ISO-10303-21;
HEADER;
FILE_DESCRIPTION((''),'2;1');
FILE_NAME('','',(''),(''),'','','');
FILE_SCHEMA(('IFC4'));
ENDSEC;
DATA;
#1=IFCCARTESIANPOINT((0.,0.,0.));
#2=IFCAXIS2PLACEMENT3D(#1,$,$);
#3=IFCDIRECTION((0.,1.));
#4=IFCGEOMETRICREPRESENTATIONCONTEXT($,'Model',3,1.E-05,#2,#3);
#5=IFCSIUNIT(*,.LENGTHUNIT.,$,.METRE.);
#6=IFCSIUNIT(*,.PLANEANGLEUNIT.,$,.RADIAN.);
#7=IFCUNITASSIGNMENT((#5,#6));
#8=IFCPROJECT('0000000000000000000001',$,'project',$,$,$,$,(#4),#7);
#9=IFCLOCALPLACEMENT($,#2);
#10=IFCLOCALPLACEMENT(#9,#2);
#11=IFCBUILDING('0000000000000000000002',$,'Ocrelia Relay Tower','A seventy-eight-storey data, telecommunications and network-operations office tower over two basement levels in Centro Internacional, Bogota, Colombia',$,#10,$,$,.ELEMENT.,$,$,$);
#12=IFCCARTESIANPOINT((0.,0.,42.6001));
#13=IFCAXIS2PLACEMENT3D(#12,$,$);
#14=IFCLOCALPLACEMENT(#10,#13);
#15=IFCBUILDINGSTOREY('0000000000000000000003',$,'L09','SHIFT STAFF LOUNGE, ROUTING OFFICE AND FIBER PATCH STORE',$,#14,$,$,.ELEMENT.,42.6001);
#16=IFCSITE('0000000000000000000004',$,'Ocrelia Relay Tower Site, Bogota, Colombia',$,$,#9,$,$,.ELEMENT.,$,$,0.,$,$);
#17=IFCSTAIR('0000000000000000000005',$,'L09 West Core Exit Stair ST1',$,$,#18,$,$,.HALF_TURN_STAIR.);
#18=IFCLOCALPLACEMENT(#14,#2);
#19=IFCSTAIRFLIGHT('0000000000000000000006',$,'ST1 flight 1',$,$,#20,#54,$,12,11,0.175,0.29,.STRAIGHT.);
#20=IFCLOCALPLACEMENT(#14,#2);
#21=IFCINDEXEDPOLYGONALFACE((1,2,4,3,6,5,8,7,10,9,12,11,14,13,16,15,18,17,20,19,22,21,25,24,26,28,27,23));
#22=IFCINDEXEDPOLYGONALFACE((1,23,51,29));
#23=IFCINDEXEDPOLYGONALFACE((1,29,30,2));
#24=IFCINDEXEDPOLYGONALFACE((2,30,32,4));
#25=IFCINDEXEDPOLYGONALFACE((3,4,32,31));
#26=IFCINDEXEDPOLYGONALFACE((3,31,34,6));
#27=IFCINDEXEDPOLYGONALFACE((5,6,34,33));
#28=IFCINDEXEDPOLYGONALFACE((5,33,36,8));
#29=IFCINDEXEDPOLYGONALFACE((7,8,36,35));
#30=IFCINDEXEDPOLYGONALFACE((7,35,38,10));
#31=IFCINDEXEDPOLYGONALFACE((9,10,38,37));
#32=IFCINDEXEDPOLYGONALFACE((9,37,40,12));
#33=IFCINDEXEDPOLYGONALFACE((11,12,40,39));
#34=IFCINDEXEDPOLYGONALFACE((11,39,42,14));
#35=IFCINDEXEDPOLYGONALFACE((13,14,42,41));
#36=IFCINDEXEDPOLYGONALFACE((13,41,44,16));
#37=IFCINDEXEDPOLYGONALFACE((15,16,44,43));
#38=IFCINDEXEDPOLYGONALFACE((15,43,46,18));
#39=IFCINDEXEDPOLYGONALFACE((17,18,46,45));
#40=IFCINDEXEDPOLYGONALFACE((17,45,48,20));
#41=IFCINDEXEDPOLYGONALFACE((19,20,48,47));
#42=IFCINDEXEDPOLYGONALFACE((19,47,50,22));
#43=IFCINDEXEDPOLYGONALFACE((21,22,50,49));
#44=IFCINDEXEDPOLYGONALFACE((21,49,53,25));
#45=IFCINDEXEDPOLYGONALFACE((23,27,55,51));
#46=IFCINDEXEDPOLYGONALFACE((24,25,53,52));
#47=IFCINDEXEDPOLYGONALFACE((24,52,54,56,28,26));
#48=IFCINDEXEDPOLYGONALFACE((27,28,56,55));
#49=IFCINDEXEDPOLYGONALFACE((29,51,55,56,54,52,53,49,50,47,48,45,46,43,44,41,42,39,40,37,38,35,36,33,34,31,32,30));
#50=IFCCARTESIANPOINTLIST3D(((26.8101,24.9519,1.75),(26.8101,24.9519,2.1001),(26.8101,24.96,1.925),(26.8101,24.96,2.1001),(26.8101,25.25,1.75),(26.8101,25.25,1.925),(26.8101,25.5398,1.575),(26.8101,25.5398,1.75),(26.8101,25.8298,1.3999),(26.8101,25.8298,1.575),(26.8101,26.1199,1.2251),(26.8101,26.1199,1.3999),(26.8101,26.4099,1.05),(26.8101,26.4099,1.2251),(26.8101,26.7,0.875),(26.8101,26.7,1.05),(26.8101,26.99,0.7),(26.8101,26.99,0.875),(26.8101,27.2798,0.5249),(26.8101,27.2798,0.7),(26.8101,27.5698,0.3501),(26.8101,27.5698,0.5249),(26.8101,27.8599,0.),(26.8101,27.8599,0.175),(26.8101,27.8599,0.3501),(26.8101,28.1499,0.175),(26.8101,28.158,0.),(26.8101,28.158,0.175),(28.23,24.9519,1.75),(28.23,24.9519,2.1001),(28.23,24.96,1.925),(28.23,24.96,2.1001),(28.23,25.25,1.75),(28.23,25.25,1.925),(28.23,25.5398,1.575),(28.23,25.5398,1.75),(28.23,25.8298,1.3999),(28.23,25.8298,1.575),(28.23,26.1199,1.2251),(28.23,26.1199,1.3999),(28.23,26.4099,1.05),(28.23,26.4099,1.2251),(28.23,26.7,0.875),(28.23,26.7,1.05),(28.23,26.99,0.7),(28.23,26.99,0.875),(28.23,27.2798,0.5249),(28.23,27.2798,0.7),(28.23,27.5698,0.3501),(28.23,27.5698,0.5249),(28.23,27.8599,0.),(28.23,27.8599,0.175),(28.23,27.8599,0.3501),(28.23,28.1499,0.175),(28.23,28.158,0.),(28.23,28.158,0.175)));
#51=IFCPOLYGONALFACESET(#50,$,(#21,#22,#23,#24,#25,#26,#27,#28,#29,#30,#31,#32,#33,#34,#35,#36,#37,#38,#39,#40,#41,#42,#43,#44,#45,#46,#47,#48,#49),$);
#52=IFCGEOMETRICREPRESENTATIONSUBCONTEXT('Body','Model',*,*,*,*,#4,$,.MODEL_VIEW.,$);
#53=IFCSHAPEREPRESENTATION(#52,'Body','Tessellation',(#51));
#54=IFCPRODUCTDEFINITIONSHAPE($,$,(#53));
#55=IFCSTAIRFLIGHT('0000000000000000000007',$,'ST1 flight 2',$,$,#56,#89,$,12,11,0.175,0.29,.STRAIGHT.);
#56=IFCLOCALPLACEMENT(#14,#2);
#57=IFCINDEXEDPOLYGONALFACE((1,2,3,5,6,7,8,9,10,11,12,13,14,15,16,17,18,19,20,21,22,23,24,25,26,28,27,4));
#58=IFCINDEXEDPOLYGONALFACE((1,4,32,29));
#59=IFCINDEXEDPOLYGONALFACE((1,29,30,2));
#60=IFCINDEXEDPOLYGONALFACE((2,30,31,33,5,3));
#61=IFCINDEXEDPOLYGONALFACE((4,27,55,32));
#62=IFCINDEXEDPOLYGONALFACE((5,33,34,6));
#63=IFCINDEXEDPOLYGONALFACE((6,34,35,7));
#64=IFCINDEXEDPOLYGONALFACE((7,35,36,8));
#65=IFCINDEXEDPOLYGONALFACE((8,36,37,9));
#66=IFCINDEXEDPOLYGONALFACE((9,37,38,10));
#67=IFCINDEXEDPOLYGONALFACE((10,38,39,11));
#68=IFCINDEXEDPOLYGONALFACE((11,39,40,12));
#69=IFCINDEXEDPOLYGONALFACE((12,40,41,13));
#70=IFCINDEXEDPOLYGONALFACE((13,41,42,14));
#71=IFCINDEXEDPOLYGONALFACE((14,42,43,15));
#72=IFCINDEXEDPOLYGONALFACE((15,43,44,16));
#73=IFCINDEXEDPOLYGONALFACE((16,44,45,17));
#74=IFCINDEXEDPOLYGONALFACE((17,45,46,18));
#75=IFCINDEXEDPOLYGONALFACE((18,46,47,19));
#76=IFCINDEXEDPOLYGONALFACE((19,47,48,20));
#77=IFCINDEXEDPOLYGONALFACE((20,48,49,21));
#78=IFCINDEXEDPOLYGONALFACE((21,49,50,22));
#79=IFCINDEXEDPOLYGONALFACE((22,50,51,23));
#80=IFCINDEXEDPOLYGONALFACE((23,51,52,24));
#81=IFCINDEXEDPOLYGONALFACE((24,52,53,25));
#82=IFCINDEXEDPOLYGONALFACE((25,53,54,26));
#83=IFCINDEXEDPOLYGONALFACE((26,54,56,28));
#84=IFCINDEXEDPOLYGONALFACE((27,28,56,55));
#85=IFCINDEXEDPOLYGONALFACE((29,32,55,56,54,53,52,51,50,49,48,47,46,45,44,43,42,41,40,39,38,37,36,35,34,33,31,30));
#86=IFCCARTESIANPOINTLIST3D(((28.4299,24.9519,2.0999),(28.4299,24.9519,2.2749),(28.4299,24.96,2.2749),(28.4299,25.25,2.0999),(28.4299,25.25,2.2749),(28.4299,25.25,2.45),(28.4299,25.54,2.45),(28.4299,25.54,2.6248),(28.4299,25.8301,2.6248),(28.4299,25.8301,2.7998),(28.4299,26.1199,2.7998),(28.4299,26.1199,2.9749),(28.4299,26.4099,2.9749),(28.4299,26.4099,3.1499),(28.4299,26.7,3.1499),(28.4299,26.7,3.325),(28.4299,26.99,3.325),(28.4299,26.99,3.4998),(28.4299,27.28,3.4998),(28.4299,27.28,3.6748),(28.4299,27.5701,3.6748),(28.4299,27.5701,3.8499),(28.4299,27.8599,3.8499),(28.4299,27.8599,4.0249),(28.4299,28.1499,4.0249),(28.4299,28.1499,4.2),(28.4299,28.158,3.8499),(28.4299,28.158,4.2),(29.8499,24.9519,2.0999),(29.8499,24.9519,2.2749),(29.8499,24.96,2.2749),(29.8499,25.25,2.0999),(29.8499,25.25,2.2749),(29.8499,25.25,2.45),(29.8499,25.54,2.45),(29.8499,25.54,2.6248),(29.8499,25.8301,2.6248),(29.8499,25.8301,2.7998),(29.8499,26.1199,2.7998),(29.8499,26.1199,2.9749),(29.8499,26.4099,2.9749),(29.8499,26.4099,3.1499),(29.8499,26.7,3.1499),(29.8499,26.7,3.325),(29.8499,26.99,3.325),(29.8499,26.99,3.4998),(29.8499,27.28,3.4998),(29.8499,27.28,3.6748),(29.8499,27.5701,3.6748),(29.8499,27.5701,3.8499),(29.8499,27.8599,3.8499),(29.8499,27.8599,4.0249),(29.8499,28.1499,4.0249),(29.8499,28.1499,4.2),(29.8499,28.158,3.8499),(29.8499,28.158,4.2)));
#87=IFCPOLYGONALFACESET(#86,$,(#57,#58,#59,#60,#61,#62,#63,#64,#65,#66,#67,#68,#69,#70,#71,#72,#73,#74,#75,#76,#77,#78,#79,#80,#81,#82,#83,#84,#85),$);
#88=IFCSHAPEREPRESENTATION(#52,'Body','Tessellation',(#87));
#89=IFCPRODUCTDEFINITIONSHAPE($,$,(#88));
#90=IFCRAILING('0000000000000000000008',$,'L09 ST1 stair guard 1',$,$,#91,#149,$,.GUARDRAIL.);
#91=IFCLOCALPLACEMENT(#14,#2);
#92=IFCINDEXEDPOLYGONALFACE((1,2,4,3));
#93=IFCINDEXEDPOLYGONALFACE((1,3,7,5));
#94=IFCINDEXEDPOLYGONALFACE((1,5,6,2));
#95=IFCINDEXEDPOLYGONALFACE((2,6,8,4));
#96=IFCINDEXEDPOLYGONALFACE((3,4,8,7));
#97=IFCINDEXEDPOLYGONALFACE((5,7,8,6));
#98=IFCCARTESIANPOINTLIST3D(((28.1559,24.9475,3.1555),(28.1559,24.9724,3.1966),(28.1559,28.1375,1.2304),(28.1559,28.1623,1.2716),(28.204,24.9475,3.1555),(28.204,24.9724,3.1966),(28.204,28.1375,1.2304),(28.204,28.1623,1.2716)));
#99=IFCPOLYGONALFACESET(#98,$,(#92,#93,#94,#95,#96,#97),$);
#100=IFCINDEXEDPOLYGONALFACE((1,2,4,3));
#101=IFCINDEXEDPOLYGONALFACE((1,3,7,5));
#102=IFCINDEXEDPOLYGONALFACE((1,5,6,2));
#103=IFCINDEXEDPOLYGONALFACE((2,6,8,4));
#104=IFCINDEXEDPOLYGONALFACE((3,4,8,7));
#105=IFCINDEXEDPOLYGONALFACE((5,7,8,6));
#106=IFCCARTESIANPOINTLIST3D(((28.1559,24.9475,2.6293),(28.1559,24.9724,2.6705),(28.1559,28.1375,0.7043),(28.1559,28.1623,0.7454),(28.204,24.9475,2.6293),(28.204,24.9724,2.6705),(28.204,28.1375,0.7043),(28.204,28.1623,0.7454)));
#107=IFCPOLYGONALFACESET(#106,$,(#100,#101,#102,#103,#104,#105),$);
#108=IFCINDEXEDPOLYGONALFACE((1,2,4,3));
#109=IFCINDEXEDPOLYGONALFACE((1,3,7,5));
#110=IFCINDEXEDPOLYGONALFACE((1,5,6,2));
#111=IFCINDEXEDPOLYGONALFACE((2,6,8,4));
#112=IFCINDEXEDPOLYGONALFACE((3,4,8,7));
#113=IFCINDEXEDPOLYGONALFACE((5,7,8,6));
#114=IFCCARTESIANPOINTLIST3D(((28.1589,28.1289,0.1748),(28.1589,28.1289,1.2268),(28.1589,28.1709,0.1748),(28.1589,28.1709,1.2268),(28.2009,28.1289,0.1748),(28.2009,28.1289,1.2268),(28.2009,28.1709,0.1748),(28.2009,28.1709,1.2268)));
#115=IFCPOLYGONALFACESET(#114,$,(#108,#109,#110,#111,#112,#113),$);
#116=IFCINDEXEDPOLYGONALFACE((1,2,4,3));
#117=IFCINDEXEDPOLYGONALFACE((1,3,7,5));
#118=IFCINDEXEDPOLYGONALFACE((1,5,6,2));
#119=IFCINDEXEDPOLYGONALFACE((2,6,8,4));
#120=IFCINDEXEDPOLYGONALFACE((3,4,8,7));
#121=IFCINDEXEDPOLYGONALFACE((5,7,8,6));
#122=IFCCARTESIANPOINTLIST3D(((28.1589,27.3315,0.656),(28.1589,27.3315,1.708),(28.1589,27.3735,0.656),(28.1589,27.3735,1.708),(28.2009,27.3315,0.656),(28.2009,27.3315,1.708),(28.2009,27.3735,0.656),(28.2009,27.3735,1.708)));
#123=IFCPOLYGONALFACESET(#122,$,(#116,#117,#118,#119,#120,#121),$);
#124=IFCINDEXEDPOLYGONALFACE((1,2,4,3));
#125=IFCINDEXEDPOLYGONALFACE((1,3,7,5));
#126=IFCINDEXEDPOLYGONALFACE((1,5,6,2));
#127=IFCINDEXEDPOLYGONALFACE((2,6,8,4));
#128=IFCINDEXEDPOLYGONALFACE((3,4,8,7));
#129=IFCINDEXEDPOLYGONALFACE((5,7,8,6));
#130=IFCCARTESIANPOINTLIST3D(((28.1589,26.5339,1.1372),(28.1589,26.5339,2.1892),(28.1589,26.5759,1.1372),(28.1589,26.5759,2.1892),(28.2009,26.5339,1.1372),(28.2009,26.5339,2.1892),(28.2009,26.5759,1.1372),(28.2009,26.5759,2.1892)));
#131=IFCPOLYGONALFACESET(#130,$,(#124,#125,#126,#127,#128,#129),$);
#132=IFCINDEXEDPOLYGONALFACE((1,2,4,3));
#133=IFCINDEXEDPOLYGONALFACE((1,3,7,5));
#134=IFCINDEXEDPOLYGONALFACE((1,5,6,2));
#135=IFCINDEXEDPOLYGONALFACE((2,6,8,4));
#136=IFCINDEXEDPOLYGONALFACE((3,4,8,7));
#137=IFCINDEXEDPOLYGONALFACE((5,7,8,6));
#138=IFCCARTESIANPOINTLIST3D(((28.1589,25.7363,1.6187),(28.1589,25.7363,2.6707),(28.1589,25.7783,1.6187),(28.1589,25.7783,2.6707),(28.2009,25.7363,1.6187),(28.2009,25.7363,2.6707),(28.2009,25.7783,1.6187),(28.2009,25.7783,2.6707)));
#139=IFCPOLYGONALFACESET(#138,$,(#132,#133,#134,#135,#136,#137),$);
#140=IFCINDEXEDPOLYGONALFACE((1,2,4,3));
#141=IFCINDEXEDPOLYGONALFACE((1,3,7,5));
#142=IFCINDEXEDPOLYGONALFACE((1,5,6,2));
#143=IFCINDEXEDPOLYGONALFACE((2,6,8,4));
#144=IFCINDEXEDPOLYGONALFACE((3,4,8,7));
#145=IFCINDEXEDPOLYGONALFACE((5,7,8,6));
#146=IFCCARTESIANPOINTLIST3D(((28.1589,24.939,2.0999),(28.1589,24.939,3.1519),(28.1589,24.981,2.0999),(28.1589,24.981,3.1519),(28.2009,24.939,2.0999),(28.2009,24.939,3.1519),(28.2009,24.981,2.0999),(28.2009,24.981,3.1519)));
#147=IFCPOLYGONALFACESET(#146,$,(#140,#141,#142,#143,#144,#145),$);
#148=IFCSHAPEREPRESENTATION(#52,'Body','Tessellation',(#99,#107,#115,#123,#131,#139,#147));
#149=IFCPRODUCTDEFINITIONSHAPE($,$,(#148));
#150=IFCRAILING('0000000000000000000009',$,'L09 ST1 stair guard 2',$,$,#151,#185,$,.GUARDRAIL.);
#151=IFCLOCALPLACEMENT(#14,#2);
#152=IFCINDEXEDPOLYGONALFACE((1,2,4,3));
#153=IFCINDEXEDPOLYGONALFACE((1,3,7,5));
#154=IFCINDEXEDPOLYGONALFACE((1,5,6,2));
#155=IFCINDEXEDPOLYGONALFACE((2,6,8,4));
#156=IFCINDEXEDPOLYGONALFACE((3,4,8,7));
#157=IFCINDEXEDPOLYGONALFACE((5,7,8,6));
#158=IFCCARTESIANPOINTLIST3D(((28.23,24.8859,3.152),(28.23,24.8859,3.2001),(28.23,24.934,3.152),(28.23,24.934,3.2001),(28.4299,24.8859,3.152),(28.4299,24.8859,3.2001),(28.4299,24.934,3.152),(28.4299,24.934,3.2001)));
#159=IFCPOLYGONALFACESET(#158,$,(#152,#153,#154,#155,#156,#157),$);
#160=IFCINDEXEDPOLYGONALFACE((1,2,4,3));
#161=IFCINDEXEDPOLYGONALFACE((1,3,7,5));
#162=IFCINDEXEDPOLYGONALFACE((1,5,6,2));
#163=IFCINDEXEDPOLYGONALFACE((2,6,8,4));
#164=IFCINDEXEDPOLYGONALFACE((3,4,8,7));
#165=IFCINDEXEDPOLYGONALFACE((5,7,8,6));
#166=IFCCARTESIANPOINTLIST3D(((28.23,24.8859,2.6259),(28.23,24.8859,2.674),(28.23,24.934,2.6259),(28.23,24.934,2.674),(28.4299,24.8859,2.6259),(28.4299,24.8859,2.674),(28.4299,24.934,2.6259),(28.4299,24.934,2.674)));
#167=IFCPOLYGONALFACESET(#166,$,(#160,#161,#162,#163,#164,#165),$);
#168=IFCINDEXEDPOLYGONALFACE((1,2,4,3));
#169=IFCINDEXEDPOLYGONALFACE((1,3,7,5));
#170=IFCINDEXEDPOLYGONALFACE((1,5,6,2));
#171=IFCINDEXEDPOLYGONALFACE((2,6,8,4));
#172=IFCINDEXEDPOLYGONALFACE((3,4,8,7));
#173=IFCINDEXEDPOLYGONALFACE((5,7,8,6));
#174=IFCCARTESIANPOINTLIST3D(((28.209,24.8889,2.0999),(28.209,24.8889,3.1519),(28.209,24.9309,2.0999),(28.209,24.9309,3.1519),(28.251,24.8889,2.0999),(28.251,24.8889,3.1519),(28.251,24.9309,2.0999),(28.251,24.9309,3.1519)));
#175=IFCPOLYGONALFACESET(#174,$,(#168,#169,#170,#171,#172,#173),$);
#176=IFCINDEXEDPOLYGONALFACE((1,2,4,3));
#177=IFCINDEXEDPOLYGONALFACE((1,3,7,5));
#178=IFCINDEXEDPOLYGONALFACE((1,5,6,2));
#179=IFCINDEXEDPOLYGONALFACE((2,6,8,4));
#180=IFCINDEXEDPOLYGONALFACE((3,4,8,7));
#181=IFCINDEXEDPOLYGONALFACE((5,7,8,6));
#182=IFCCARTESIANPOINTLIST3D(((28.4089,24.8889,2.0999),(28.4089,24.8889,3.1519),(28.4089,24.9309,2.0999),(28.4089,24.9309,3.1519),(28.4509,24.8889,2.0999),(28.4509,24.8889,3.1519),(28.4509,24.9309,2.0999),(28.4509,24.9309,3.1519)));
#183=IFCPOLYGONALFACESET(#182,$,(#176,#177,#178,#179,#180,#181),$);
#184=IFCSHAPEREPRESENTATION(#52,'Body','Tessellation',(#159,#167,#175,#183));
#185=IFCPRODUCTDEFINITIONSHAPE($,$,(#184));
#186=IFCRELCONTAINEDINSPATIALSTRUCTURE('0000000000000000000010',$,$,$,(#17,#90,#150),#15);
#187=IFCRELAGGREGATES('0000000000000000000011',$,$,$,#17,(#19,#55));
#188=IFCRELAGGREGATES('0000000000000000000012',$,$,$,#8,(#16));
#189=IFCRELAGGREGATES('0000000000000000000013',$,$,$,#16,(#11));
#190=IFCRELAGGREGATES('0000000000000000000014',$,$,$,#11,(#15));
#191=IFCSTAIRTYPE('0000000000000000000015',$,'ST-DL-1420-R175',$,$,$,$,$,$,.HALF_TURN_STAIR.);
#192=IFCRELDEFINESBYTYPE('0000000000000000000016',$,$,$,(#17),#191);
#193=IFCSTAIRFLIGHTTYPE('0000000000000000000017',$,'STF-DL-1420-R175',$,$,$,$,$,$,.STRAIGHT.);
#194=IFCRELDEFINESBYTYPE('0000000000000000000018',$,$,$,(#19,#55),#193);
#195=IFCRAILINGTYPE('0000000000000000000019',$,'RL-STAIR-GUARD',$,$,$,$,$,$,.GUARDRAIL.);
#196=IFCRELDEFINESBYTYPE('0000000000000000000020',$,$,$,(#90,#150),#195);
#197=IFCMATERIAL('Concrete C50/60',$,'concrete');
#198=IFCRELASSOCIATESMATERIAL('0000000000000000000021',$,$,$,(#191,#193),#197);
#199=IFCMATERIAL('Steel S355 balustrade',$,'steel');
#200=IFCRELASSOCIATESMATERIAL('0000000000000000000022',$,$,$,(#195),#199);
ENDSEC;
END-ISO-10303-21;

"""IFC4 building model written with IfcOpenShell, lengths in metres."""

from ifc_helpers import new_model, si_unit, direction, frame, origin, origin_2d, place, context, subcontext, project, spatial, polyline, rectangle, outline, extrude, material, type_object, element, aggregate, save


model = new_model("IFC4")

# Units and contexts
model_context = context("Model", 3, precision=1e-05, world=origin(), true_north=direction((0.0, 1.0)))
body_context = subcontext(model_context, "Body", "Model", "MODEL_VIEW")
ifc_project = project(units=[si_unit("LENGTHUNIT", "METRE"), si_unit("PLANEANGLEUNIT", "RADIAN")], contexts=[model_context])

# Site, building, storey
site_placement = place(None, origin())
site = spatial("IfcSite", under=ifc_project, at=site_placement, Name="Ocrelia Relay Tower Site, Bogota, Colombia", CompositionType="ELEMENT", RefElevation=0.0)
building_placement = place(site_placement, origin())
building = spatial("IfcBuilding", under=site, at=building_placement, Name="Ocrelia Relay Tower", Description="A seventy-eight-storey data, telecommunications and network-operations office tower over two basement levels in Centro Internacional, Bogota, Colombia", CompositionType="ELEMENT")
storey_placement = place(building_placement, frame((0.0, 0.0, 42.6001)))
storey = spatial("IfcBuildingStorey", under=building, at=storey_placement, Name="L09", Description="SHIFT STAFF LOUNGE, ROUTING OFFICE AND FIBER PATCH STORE", CompositionType="ELEMENT", Elevation=42.6001)

# Shared definitions
ifc_material_1 = material(Name="Concrete C50/60", Category="concrete")

# Stair, stair flights
stair_type = type_object("IfcStairType", Name="ST-DL-1420-R175", PredefinedType="HALF_TURN_STAIR", material=ifc_material_1)
stair_placement = place(storey_placement, origin())
stair = element("IfcStair", 1, at=stair_placement, inside=storey, type_object=stair_type, Name="L09 West Core Exit Stair ST1", PredefinedType="HALF_TURN_STAIR")
stair_flight_type = type_object("IfcStairFlightType", Name="STF-DL-1420-R175", PredefinedType="STRAIGHT", material=ifc_material_1)
stair_flight_1_placement = place(storey_placement, frame((27.52, 28.1499, 0.0), z_axis=(0.0, 0.0, 1.0), x_axis=(0.0, -1.0, 0.0)))
stair_flight_1 = element("IfcStairFlight", 2, at=stair_flight_1_placement, type_object=stair_flight_type, Name="ST1 flight 1", NumberOfRisers=12, NumberOfTreads=11, PredefinedType="STRAIGHT", RiserHeight=0.175, TreadLength=0.29, context=body_context, shape_type="SweptSolid", body=[
    extrude(outline(polyline([(-0.0081, 0.0), (-0.0081, 0.175), (0.0, 0.175), (0.29, 0.175), (0.29, 0.3501), (0.5801, 0.3501), (0.5801, 0.5249), (0.8701, 0.5249), (0.8701, 0.7), (1.1599, 0.7), (1.1599, 0.875), (1.45, 0.875), (1.45, 1.05), (1.74, 1.05), (1.74, 1.2251), (2.03, 1.2251), (2.03, 1.3999), (2.3201, 1.3999), (2.3201, 1.575), (2.6101, 1.575), (2.6101, 1.75), (2.8999, 1.75), (2.8999, 1.925), (3.1899, 1.925), (3.1899, 2.1001), (3.198, 2.1001), (3.198, 1.75), (0.29, 0.0), (-0.0081, 0.0)])), frame((0.0, 0.71, 0.0), z_axis=(0.0, -1.0, 0.0), x_axis=(1.0, 0.0, 0.0)), (0.0, 0.0, 1.0), 1.4199),
])
stair_flight_2_placement = place(storey_placement, frame((29.1399, 24.96, 2.0999), z_axis=(0.0, 0.0, 1.0), x_axis=(0.0, 1.0, 0.0)))
stair_flight_2 = element("IfcStairFlight", 3, at=stair_flight_2_placement, type_object=stair_flight_type, Name="ST1 flight 2", NumberOfRisers=12, NumberOfTreads=11, PredefinedType="STRAIGHT", RiserHeight=0.175, TreadLength=0.29, context=body_context, shape_type="SweptSolid", body=[
    extrude(outline(polyline([(-0.0081, 0.0), (-0.0081, 0.175), (0.0, 0.175), (0.29, 0.175), (0.29, 0.3501), (0.5801, 0.3501), (0.5801, 0.5249), (0.8701, 0.5249), (0.8701, 0.7), (1.1599, 0.7), (1.1599, 0.875), (1.45, 0.875), (1.45, 1.05), (1.74, 1.05), (1.74, 1.2251), (2.03, 1.2251), (2.03, 1.3999), (2.3201, 1.3999), (2.3201, 1.575), (2.6101, 1.575), (2.6101, 1.75), (2.8999, 1.75), (2.8999, 1.925), (3.1899, 1.925), (3.1899, 2.1001), (3.198, 2.1001), (3.198, 1.75), (0.29, 0.0), (-0.0081, 0.0)])), frame((0.0, 0.71, 0.0), z_axis=(0.0, -1.0, 0.0), x_axis=(1.0, 0.0, 0.0)), (0.0, 0.0, 1.0), 1.4199),
])
aggregate(stair, [stair_flight_1, stair_flight_2])

# Railings
ifc_material_2 = material(Name="Steel S355 balustrade", Category="steel")
railing_type_1 = type_object("IfcRailingType", Name="RL-STAIR-GUARD", PredefinedType="GUARDRAIL", material=ifc_material_2)
railing_1_placement = place(storey_placement, frame((28.1799, 28.1499, 0.1748)))
element("IfcRailing", 4, at=railing_1_placement, inside=storey, type_object=railing_type_1, Name="L09 ST1 stair guard 1", PredefinedType="GUARDRAIL", context=body_context, shape_type="SweptSolid", body=[
    extrude(rectangle(XDim=0.0481, YDim=0.0481, at=origin_2d()), frame((0.0, 0.0, 1.0762), z_axis=(0.0, -0.856178, 0.516682), x_axis=(1.0, 0.0, 0.0)), (0.0, 0.0, 1.0), 3.7258),
    extrude(rectangle(XDim=0.0481, YDim=0.0481, at=origin_2d()), frame((0.0, 0.0, 0.55), z_axis=(0.0, -0.856178, 0.516682), x_axis=(1.0, 0.0, 0.0)), (0.0, 0.0, 1.0), 3.7258),
    extrude(rectangle(XDim=0.042, YDim=0.042, at=origin_2d()), origin(), (0.0, 0.0, 1.0), 1.052),
    extrude(rectangle(XDim=0.042, YDim=0.042, at=origin_2d()), frame((0.0, -0.7974, 0.4812)), (0.0, 0.0, 1.0), 1.052),
    extrude(rectangle(XDim=0.042, YDim=0.042, at=origin_2d()), frame((0.0, -1.595, 0.9624)), (0.0, 0.0, 1.0), 1.052),
    extrude(rectangle(XDim=0.042, YDim=0.042, at=origin_2d()), frame((0.0, -2.3926, 1.4438)), (0.0, 0.0, 1.0), 1.052),
    extrude(rectangle(XDim=0.042, YDim=0.042, at=origin_2d()), frame((0.0, -3.1899, 1.925)), (0.0, 0.0, 1.0), 1.052),
])
railing_2_placement = place(storey_placement, frame((28.23, 24.9099, 2.0999)))
element("IfcRailing", 5, at=railing_2_placement, inside=storey, type_object=railing_type_1, Name="L09 ST1 stair guard 2", PredefinedType="GUARDRAIL", context=body_context, shape_type="SweptSolid", body=[
    extrude(rectangle(XDim=0.0481, YDim=0.0481, at=origin_2d()), frame((0.0, 0.0, 1.0762), z_axis=(1.0, 0.0, 0.0), x_axis=(0.0, 1.0, 0.0)), (0.0, 0.0, 1.0), 0.2),
    extrude(rectangle(XDim=0.0481, YDim=0.0481, at=origin_2d()), frame((0.0, 0.0, 0.55), z_axis=(1.0, 0.0, 0.0), x_axis=(0.0, 1.0, 0.0)), (0.0, 0.0, 1.0), 0.2),
    extrude(rectangle(XDim=0.042, YDim=0.042, at=origin_2d()), origin(), (0.0, 0.0, 1.0), 1.052),
    extrude(rectangle(XDim=0.042, YDim=0.042, at=origin_2d()), frame((0.2, 0.0, 0.0)), (0.0, 0.0, 1.0), 1.052),
])

save(model, "model.ifc")
